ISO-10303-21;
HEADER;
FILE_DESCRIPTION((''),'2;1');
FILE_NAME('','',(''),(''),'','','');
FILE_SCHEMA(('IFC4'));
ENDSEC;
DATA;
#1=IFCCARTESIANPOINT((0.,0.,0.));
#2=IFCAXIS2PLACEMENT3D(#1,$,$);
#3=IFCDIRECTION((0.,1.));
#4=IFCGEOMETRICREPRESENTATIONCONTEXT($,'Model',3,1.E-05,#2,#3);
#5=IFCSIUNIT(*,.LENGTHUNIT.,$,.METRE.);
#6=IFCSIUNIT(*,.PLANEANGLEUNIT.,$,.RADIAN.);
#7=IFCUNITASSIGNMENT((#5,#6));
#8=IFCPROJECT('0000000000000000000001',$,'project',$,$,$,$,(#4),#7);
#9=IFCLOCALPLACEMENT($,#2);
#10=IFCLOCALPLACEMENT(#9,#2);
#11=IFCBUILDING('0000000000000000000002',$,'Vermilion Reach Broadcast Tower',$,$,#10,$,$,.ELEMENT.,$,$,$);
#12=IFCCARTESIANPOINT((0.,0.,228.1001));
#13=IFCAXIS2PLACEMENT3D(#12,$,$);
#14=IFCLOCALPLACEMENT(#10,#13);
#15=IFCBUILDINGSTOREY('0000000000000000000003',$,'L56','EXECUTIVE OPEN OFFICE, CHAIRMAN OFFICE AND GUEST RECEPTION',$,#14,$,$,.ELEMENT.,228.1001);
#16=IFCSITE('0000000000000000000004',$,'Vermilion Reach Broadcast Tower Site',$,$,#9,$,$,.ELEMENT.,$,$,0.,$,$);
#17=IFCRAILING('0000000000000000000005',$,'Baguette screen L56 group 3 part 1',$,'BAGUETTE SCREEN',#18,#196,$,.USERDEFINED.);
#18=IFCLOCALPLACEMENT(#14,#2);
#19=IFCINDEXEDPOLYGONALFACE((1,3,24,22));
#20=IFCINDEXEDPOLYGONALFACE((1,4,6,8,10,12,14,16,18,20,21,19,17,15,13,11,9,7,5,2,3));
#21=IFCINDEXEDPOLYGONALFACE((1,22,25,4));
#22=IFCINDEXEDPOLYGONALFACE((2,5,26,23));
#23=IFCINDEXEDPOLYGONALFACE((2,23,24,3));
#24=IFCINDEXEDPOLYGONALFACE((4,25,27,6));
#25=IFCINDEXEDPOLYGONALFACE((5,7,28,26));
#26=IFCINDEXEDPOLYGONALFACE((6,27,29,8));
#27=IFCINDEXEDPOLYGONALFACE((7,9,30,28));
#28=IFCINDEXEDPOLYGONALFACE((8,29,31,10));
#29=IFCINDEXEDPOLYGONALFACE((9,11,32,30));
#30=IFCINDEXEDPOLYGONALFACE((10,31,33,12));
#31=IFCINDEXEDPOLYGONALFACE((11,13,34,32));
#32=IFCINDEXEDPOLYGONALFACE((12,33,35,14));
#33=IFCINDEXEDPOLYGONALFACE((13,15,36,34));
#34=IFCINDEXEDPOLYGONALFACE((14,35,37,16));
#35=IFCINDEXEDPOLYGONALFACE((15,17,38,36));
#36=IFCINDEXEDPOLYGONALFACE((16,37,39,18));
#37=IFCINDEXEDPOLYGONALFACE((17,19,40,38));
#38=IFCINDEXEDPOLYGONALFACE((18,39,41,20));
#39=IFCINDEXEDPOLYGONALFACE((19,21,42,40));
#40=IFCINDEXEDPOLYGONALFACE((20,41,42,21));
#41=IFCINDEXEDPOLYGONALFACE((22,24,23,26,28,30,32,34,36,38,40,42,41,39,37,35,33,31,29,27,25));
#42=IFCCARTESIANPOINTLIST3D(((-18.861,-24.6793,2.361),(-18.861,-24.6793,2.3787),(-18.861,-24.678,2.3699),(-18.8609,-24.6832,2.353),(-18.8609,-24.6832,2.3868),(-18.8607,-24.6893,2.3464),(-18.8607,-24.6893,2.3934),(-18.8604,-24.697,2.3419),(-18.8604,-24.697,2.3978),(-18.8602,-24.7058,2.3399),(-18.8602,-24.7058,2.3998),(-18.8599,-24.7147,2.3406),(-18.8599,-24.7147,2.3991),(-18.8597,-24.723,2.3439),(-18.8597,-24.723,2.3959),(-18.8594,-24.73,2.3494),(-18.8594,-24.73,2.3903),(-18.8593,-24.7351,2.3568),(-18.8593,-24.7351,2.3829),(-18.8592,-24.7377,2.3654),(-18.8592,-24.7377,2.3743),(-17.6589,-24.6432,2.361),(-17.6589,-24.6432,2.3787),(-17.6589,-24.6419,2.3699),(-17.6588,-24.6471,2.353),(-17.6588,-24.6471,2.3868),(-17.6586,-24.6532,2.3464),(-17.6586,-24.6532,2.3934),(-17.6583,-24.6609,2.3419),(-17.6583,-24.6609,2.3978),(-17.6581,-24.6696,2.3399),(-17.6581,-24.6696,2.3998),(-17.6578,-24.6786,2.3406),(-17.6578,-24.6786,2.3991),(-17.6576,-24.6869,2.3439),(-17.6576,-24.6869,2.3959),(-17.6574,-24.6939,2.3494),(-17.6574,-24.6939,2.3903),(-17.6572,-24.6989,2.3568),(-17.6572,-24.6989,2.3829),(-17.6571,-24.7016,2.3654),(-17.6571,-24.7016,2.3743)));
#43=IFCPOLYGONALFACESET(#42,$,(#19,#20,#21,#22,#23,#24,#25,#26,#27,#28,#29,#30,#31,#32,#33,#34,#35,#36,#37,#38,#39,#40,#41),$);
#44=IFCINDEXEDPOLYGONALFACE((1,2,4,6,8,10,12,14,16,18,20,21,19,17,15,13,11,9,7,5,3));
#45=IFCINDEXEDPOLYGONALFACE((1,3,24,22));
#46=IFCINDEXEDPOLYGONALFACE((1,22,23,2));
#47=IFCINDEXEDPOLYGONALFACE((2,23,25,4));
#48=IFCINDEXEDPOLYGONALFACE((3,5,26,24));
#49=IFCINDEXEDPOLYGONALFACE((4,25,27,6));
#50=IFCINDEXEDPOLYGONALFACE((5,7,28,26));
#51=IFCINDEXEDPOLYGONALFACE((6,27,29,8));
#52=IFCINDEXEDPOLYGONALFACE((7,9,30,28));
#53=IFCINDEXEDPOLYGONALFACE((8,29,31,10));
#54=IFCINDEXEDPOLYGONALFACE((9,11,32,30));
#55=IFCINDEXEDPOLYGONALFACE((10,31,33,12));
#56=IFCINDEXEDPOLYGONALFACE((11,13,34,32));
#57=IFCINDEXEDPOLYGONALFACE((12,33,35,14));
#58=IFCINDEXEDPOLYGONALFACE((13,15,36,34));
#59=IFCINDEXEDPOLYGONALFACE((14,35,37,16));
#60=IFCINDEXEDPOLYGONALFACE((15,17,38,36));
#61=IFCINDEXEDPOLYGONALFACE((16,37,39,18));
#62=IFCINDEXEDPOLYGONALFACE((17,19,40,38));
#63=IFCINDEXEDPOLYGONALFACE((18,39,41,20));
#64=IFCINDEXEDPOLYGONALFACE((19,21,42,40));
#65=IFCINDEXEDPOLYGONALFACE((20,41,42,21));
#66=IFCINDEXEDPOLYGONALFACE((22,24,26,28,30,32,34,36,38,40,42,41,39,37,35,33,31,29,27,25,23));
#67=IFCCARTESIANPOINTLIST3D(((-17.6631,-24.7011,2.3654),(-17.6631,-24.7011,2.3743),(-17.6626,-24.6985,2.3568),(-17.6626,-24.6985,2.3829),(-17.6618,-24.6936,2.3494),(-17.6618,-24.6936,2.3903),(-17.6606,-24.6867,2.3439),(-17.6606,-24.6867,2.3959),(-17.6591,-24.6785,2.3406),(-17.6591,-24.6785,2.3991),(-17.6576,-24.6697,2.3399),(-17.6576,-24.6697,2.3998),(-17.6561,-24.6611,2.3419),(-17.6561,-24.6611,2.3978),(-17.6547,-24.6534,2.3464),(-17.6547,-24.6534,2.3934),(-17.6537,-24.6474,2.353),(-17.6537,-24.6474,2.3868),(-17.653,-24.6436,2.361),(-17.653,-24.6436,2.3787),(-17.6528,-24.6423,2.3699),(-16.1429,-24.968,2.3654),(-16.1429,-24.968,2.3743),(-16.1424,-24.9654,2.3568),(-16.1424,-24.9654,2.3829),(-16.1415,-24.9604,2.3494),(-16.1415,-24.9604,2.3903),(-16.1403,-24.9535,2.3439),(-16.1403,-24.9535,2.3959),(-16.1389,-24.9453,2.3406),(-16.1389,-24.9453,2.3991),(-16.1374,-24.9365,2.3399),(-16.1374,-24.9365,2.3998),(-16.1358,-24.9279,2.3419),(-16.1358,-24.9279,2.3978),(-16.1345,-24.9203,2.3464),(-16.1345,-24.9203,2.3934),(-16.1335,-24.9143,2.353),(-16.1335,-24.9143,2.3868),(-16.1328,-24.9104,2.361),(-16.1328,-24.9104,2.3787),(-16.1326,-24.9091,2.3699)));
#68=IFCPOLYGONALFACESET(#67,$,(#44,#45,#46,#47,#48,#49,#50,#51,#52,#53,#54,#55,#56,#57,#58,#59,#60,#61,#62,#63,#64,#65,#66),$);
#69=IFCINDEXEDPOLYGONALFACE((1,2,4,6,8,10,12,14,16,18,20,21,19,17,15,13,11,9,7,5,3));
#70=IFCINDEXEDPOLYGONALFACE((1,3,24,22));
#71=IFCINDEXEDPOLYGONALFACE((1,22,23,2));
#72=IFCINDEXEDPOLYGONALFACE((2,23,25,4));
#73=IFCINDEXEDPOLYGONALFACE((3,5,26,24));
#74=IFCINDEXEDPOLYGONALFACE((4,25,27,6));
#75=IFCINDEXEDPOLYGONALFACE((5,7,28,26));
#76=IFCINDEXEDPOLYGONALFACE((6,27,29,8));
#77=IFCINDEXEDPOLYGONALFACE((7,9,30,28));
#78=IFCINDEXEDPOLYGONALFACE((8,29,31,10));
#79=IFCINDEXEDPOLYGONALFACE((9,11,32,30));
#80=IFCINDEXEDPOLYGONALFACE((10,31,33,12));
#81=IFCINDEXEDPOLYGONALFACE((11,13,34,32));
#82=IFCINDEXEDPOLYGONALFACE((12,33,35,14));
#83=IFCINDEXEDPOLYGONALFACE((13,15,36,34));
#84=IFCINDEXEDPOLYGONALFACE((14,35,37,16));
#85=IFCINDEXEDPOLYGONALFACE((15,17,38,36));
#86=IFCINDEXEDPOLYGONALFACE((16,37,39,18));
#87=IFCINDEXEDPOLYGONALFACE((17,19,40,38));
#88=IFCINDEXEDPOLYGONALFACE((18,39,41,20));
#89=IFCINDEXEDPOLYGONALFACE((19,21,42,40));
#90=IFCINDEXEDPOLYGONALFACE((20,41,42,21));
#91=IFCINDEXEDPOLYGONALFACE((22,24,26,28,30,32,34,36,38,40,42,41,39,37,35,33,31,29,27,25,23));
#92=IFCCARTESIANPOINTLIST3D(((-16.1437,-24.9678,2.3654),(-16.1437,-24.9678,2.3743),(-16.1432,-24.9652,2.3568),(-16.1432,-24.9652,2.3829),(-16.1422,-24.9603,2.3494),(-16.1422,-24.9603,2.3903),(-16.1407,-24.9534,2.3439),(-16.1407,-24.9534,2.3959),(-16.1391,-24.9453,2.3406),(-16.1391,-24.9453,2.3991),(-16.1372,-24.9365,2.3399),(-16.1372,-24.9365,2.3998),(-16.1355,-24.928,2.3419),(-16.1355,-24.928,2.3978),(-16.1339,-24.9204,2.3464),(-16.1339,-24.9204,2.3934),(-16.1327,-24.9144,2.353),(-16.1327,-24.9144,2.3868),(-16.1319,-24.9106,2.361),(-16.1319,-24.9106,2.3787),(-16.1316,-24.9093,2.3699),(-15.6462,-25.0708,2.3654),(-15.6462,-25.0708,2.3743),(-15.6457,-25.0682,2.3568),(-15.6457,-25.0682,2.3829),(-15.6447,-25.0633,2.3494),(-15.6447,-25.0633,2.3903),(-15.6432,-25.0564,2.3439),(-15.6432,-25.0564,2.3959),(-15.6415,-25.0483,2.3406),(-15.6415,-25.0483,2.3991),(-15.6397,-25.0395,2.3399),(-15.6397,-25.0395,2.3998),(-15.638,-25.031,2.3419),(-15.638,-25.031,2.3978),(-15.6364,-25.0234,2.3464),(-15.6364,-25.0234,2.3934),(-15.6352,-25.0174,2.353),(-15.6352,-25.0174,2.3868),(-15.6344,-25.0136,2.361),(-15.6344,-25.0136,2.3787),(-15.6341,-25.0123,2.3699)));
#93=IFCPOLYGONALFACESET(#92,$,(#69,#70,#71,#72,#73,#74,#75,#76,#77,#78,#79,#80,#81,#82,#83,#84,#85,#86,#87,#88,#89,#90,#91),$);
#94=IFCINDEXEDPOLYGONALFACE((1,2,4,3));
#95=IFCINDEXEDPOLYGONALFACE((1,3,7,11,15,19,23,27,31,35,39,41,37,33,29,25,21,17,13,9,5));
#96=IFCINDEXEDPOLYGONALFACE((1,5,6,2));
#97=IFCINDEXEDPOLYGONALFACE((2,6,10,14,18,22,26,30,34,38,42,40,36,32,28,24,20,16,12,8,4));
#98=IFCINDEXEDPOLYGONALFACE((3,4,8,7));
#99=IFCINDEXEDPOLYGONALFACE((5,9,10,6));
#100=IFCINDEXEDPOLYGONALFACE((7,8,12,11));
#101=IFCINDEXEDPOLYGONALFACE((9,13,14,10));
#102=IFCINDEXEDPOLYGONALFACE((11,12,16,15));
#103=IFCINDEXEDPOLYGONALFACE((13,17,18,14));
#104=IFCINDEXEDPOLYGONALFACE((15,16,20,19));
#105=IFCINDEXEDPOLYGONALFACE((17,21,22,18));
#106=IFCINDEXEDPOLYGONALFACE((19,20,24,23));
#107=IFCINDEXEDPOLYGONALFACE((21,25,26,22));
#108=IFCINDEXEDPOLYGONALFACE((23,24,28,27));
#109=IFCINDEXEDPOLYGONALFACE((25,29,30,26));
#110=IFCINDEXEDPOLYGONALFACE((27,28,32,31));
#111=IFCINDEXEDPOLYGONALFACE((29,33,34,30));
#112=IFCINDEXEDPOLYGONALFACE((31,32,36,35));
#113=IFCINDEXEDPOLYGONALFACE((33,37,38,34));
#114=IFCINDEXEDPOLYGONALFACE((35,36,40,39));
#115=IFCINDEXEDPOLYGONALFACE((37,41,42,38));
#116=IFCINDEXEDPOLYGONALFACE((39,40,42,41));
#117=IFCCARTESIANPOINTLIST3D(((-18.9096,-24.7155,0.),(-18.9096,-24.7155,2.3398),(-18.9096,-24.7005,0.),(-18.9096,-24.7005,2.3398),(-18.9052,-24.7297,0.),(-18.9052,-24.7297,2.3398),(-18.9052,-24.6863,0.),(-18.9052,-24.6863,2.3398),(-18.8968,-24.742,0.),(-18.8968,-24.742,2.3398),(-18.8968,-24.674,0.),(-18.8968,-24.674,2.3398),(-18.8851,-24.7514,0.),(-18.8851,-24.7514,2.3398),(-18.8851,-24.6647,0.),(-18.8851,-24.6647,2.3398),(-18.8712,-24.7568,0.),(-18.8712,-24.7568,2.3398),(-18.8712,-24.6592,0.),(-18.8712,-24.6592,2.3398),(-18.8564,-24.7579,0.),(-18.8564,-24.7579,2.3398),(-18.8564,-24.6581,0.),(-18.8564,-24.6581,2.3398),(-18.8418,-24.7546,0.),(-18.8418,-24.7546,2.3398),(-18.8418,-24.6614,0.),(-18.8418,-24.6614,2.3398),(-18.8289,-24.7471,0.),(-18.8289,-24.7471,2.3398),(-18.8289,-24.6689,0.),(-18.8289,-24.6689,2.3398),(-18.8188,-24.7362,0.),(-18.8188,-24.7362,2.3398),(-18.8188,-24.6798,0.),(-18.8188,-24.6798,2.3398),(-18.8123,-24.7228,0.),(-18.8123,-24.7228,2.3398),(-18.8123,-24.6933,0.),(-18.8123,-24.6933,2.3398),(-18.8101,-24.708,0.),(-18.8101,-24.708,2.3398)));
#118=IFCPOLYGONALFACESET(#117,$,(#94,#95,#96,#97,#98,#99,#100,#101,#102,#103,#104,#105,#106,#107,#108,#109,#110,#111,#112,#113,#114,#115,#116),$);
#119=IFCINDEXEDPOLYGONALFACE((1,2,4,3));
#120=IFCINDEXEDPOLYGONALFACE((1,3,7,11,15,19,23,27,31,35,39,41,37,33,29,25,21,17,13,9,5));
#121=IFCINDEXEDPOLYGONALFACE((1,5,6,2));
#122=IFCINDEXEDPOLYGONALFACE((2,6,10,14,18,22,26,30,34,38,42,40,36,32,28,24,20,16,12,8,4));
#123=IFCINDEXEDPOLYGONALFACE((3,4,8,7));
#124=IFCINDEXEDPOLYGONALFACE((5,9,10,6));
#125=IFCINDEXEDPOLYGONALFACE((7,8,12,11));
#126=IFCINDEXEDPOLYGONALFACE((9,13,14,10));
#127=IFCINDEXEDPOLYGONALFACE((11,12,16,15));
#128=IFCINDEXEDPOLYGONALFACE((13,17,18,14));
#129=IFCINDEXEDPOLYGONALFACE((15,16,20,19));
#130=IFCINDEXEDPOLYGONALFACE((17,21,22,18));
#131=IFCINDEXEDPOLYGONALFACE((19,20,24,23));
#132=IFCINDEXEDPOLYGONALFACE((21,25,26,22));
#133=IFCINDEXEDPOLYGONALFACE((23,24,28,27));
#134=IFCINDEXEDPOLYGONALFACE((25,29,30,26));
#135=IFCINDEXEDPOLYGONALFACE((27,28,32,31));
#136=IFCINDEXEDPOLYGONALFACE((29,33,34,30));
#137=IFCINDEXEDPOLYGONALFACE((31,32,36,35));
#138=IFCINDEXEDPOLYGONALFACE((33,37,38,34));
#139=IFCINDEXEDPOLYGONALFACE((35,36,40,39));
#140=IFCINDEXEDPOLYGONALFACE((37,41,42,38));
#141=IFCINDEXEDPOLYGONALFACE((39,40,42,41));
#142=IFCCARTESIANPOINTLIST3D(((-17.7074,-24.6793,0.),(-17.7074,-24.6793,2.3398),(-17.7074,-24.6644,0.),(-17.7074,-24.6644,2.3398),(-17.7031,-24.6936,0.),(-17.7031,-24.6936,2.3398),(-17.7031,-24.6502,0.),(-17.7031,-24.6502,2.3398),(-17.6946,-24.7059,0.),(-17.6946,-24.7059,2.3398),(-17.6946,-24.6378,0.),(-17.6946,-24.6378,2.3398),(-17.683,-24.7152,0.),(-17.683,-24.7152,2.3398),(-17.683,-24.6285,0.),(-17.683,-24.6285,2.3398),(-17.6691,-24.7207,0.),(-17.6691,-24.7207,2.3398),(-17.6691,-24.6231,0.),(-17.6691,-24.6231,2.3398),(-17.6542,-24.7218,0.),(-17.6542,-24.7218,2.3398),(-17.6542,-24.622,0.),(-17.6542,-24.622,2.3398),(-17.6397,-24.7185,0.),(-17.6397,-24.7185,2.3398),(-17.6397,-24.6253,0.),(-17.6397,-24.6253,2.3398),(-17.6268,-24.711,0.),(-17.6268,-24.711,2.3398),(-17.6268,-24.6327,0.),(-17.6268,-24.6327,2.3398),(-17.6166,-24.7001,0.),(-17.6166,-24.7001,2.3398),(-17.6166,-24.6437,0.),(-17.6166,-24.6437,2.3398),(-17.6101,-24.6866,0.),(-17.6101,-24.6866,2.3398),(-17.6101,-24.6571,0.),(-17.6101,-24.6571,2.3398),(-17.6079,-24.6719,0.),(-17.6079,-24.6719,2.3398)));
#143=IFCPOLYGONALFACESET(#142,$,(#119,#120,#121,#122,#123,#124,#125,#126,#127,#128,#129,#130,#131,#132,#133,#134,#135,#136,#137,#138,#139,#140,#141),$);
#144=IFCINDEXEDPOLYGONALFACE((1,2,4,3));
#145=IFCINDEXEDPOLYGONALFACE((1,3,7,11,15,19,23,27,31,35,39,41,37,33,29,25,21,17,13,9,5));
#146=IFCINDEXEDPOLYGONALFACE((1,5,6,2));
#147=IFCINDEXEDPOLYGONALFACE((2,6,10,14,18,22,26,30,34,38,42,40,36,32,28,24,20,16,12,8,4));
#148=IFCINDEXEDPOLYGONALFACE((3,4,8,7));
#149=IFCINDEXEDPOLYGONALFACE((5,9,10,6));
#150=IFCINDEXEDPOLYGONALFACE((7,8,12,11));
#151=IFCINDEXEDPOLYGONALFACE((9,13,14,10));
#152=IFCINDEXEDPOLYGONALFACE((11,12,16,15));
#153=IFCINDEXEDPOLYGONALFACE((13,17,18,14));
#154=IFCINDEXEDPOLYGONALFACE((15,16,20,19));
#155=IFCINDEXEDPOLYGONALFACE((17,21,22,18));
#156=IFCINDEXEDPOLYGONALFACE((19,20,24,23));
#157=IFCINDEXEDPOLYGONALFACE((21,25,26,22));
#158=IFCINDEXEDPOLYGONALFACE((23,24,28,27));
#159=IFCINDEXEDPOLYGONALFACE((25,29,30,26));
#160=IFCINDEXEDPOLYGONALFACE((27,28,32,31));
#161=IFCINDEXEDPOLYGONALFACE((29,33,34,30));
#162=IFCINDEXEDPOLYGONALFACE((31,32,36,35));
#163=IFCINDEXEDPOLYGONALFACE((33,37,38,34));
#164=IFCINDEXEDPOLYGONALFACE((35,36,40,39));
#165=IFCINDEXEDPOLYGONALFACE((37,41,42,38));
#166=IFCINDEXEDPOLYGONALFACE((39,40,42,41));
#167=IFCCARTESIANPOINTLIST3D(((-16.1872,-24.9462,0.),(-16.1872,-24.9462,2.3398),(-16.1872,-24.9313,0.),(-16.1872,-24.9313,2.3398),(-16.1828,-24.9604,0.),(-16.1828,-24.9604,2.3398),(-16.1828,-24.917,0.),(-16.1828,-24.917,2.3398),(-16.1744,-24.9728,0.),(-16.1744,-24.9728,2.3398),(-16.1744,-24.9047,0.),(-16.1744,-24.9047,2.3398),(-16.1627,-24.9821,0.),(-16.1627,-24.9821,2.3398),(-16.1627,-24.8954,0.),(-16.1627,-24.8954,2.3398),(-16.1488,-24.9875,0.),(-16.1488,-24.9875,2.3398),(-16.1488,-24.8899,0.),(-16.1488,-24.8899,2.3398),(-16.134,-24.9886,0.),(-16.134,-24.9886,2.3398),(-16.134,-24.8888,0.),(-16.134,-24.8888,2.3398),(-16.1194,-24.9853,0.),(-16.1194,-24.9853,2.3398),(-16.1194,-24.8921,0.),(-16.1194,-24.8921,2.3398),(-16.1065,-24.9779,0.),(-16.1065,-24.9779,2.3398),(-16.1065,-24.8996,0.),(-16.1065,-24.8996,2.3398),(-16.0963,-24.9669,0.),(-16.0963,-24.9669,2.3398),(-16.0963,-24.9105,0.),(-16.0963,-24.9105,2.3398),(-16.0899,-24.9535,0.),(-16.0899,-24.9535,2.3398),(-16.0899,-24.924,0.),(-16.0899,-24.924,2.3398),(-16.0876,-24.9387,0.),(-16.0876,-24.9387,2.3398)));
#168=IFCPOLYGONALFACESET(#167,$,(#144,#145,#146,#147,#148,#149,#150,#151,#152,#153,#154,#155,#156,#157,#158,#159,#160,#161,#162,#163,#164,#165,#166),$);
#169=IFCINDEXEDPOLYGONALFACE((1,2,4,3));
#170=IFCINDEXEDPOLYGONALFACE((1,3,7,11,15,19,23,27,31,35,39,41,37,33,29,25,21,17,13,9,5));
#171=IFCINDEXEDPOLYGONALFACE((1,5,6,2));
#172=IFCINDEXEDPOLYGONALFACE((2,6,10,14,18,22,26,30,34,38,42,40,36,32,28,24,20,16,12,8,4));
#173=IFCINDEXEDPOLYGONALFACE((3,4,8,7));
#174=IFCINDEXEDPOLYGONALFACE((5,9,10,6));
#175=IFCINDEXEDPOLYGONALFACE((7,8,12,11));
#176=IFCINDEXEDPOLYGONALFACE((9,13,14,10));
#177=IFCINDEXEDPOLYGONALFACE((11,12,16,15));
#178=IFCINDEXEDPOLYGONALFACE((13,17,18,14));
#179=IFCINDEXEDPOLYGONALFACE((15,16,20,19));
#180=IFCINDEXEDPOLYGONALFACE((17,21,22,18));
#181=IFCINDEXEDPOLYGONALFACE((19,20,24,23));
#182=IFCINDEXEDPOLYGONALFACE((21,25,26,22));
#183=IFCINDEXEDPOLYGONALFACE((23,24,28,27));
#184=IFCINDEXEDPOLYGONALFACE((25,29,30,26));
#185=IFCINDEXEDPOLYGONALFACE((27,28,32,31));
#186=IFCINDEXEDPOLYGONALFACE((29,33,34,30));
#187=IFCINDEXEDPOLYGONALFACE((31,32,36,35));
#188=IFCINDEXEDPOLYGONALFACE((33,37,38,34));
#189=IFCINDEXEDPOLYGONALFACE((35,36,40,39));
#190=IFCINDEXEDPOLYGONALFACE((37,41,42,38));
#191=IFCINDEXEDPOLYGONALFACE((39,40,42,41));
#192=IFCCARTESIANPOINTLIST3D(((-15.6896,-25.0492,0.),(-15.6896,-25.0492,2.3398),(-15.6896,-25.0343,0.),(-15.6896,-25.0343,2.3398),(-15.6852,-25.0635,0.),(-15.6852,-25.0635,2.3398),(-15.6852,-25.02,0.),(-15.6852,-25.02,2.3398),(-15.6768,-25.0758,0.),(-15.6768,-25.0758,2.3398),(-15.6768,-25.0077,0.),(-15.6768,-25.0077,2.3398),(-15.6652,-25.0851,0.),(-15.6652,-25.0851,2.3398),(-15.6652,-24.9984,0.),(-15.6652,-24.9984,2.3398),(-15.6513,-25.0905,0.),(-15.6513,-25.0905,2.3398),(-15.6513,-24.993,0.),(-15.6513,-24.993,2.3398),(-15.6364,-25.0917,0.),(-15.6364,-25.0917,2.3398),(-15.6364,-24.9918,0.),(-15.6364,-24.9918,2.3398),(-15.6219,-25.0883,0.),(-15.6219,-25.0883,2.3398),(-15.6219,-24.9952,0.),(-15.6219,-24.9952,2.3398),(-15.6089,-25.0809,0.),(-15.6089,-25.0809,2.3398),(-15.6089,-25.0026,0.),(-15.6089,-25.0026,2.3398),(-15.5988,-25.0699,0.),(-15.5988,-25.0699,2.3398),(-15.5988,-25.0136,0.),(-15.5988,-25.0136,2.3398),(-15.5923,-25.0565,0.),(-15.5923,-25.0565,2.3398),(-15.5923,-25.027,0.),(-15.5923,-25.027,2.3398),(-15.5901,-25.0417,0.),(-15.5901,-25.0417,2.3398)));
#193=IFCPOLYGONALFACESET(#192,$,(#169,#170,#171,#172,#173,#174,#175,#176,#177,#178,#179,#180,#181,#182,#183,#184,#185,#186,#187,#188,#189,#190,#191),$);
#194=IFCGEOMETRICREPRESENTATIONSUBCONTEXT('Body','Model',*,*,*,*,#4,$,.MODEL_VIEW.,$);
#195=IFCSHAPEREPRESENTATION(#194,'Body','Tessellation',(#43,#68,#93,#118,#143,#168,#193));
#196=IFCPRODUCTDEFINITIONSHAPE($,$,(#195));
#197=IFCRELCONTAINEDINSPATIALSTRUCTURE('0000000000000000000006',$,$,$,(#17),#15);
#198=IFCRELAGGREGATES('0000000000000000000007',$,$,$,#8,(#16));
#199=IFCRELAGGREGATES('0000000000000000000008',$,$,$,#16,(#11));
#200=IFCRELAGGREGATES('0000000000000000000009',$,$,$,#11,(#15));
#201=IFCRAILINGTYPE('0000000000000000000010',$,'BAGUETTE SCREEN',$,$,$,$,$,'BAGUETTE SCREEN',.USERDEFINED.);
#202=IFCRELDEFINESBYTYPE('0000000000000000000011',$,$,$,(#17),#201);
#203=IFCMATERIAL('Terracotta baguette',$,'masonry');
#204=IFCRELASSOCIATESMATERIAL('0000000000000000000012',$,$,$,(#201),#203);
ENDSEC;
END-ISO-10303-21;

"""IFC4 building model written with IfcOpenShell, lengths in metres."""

from ifc_helpers import new_model, si_unit, direction, frame, origin, origin_2d, place, context, subcontext, project, spatial, circle, extrude, material, type_object, element, save


model = new_model("IFC4")

# Units and contexts
model_context = context("Model", 3, precision=1e-05, world=origin(), true_north=direction((0.0, 1.0)))
body_context = subcontext(model_context, "Body", "Model", "MODEL_VIEW")
ifc_project = project(units=[si_unit("LENGTHUNIT", "METRE"), si_unit("PLANEANGLEUNIT", "RADIAN")], contexts=[model_context])

# Site, building, storey
site_placement = place(None, origin())
site = spatial("IfcSite", under=ifc_project, at=site_placement, Name="Vermilion Reach Broadcast Tower Site", CompositionType="ELEMENT", RefElevation=0.0)
building_placement = place(site_placement, origin())
building = spatial("IfcBuilding", under=site, at=building_placement, Name="Vermilion Reach Broadcast Tower", CompositionType="ELEMENT")
storey_placement = place(building_placement, frame((0.0, 0.0, 228.1001)))
storey = spatial("IfcBuildingStorey", under=building, at=storey_placement, Name="L56", Description="EXECUTIVE OPEN OFFICE, CHAIRMAN OFFICE AND GUEST RECEPTION", CompositionType="ELEMENT", Elevation=228.1001)

# Railing
ifc_material_1 = material(Name="Terracotta baguette", Category="masonry")
railing_type_1 = type_object("IfcRailingType", Name="BAGUETTE SCREEN", ElementType="BAGUETTE SCREEN", PredefinedType="USERDEFINED", material=ifc_material_1)
railing_1_placement = place(storey_placement, frame((-18.8601, -24.708, 0.0)))
element("IfcRailing", 1, at=railing_1_placement, inside=storey, type_object=railing_type_1, Name="Baguette screen L56 group 3 part 1", ObjectType="BAGUETTE SCREEN", PredefinedType="USERDEFINED", context=body_context, shape_type="SweptSolid", body=[
    extrude(circle(Radius=0.03, at=origin_2d()), frame((0.0, 0.0, 2.3699), z_axis=(0.999549, 0.030043, 0.0), x_axis=(-0.030043, 0.999549, 0.0)), (0.0, 0.0, 1.0), 1.2026),
    extrude(circle(Radius=0.03, at=origin_2d()), frame((1.2021, 0.0361, 2.3699), z_axis=(0.984942, -0.172883, 0.0), x_axis=(0.172883, 0.984942, 0.0)), (0.0, 0.0, 1.0), 1.5435),
    extrude(circle(Radius=0.03, at=origin_2d()), frame((2.7224, -0.2307, 2.3699), z_axis=(0.979228, -0.202764, 0.0), x_axis=(0.202764, 0.979228, 0.0)), (0.0, 0.0, 1.0), 0.5081),
    extrude(circle(Radius=0.05, at=origin_2d()), origin(), (0.0, 0.0, 1.0), 2.3398),
    extrude(circle(Radius=0.05, at=origin_2d()), frame((1.2021, 0.0361, 0.0)), (0.0, 0.0, 1.0), 2.3398),
    extrude(circle(Radius=0.05, at=origin_2d()), frame((2.7224, -0.2307, 0.0)), (0.0, 0.0, 1.0), 2.3398),
    extrude(circle(Radius=0.05, at=origin_2d()), frame((3.22, -0.3337, 0.0)), (0.0, 0.0, 1.0), 2.3398),
])

save(model, "model.ifc")
